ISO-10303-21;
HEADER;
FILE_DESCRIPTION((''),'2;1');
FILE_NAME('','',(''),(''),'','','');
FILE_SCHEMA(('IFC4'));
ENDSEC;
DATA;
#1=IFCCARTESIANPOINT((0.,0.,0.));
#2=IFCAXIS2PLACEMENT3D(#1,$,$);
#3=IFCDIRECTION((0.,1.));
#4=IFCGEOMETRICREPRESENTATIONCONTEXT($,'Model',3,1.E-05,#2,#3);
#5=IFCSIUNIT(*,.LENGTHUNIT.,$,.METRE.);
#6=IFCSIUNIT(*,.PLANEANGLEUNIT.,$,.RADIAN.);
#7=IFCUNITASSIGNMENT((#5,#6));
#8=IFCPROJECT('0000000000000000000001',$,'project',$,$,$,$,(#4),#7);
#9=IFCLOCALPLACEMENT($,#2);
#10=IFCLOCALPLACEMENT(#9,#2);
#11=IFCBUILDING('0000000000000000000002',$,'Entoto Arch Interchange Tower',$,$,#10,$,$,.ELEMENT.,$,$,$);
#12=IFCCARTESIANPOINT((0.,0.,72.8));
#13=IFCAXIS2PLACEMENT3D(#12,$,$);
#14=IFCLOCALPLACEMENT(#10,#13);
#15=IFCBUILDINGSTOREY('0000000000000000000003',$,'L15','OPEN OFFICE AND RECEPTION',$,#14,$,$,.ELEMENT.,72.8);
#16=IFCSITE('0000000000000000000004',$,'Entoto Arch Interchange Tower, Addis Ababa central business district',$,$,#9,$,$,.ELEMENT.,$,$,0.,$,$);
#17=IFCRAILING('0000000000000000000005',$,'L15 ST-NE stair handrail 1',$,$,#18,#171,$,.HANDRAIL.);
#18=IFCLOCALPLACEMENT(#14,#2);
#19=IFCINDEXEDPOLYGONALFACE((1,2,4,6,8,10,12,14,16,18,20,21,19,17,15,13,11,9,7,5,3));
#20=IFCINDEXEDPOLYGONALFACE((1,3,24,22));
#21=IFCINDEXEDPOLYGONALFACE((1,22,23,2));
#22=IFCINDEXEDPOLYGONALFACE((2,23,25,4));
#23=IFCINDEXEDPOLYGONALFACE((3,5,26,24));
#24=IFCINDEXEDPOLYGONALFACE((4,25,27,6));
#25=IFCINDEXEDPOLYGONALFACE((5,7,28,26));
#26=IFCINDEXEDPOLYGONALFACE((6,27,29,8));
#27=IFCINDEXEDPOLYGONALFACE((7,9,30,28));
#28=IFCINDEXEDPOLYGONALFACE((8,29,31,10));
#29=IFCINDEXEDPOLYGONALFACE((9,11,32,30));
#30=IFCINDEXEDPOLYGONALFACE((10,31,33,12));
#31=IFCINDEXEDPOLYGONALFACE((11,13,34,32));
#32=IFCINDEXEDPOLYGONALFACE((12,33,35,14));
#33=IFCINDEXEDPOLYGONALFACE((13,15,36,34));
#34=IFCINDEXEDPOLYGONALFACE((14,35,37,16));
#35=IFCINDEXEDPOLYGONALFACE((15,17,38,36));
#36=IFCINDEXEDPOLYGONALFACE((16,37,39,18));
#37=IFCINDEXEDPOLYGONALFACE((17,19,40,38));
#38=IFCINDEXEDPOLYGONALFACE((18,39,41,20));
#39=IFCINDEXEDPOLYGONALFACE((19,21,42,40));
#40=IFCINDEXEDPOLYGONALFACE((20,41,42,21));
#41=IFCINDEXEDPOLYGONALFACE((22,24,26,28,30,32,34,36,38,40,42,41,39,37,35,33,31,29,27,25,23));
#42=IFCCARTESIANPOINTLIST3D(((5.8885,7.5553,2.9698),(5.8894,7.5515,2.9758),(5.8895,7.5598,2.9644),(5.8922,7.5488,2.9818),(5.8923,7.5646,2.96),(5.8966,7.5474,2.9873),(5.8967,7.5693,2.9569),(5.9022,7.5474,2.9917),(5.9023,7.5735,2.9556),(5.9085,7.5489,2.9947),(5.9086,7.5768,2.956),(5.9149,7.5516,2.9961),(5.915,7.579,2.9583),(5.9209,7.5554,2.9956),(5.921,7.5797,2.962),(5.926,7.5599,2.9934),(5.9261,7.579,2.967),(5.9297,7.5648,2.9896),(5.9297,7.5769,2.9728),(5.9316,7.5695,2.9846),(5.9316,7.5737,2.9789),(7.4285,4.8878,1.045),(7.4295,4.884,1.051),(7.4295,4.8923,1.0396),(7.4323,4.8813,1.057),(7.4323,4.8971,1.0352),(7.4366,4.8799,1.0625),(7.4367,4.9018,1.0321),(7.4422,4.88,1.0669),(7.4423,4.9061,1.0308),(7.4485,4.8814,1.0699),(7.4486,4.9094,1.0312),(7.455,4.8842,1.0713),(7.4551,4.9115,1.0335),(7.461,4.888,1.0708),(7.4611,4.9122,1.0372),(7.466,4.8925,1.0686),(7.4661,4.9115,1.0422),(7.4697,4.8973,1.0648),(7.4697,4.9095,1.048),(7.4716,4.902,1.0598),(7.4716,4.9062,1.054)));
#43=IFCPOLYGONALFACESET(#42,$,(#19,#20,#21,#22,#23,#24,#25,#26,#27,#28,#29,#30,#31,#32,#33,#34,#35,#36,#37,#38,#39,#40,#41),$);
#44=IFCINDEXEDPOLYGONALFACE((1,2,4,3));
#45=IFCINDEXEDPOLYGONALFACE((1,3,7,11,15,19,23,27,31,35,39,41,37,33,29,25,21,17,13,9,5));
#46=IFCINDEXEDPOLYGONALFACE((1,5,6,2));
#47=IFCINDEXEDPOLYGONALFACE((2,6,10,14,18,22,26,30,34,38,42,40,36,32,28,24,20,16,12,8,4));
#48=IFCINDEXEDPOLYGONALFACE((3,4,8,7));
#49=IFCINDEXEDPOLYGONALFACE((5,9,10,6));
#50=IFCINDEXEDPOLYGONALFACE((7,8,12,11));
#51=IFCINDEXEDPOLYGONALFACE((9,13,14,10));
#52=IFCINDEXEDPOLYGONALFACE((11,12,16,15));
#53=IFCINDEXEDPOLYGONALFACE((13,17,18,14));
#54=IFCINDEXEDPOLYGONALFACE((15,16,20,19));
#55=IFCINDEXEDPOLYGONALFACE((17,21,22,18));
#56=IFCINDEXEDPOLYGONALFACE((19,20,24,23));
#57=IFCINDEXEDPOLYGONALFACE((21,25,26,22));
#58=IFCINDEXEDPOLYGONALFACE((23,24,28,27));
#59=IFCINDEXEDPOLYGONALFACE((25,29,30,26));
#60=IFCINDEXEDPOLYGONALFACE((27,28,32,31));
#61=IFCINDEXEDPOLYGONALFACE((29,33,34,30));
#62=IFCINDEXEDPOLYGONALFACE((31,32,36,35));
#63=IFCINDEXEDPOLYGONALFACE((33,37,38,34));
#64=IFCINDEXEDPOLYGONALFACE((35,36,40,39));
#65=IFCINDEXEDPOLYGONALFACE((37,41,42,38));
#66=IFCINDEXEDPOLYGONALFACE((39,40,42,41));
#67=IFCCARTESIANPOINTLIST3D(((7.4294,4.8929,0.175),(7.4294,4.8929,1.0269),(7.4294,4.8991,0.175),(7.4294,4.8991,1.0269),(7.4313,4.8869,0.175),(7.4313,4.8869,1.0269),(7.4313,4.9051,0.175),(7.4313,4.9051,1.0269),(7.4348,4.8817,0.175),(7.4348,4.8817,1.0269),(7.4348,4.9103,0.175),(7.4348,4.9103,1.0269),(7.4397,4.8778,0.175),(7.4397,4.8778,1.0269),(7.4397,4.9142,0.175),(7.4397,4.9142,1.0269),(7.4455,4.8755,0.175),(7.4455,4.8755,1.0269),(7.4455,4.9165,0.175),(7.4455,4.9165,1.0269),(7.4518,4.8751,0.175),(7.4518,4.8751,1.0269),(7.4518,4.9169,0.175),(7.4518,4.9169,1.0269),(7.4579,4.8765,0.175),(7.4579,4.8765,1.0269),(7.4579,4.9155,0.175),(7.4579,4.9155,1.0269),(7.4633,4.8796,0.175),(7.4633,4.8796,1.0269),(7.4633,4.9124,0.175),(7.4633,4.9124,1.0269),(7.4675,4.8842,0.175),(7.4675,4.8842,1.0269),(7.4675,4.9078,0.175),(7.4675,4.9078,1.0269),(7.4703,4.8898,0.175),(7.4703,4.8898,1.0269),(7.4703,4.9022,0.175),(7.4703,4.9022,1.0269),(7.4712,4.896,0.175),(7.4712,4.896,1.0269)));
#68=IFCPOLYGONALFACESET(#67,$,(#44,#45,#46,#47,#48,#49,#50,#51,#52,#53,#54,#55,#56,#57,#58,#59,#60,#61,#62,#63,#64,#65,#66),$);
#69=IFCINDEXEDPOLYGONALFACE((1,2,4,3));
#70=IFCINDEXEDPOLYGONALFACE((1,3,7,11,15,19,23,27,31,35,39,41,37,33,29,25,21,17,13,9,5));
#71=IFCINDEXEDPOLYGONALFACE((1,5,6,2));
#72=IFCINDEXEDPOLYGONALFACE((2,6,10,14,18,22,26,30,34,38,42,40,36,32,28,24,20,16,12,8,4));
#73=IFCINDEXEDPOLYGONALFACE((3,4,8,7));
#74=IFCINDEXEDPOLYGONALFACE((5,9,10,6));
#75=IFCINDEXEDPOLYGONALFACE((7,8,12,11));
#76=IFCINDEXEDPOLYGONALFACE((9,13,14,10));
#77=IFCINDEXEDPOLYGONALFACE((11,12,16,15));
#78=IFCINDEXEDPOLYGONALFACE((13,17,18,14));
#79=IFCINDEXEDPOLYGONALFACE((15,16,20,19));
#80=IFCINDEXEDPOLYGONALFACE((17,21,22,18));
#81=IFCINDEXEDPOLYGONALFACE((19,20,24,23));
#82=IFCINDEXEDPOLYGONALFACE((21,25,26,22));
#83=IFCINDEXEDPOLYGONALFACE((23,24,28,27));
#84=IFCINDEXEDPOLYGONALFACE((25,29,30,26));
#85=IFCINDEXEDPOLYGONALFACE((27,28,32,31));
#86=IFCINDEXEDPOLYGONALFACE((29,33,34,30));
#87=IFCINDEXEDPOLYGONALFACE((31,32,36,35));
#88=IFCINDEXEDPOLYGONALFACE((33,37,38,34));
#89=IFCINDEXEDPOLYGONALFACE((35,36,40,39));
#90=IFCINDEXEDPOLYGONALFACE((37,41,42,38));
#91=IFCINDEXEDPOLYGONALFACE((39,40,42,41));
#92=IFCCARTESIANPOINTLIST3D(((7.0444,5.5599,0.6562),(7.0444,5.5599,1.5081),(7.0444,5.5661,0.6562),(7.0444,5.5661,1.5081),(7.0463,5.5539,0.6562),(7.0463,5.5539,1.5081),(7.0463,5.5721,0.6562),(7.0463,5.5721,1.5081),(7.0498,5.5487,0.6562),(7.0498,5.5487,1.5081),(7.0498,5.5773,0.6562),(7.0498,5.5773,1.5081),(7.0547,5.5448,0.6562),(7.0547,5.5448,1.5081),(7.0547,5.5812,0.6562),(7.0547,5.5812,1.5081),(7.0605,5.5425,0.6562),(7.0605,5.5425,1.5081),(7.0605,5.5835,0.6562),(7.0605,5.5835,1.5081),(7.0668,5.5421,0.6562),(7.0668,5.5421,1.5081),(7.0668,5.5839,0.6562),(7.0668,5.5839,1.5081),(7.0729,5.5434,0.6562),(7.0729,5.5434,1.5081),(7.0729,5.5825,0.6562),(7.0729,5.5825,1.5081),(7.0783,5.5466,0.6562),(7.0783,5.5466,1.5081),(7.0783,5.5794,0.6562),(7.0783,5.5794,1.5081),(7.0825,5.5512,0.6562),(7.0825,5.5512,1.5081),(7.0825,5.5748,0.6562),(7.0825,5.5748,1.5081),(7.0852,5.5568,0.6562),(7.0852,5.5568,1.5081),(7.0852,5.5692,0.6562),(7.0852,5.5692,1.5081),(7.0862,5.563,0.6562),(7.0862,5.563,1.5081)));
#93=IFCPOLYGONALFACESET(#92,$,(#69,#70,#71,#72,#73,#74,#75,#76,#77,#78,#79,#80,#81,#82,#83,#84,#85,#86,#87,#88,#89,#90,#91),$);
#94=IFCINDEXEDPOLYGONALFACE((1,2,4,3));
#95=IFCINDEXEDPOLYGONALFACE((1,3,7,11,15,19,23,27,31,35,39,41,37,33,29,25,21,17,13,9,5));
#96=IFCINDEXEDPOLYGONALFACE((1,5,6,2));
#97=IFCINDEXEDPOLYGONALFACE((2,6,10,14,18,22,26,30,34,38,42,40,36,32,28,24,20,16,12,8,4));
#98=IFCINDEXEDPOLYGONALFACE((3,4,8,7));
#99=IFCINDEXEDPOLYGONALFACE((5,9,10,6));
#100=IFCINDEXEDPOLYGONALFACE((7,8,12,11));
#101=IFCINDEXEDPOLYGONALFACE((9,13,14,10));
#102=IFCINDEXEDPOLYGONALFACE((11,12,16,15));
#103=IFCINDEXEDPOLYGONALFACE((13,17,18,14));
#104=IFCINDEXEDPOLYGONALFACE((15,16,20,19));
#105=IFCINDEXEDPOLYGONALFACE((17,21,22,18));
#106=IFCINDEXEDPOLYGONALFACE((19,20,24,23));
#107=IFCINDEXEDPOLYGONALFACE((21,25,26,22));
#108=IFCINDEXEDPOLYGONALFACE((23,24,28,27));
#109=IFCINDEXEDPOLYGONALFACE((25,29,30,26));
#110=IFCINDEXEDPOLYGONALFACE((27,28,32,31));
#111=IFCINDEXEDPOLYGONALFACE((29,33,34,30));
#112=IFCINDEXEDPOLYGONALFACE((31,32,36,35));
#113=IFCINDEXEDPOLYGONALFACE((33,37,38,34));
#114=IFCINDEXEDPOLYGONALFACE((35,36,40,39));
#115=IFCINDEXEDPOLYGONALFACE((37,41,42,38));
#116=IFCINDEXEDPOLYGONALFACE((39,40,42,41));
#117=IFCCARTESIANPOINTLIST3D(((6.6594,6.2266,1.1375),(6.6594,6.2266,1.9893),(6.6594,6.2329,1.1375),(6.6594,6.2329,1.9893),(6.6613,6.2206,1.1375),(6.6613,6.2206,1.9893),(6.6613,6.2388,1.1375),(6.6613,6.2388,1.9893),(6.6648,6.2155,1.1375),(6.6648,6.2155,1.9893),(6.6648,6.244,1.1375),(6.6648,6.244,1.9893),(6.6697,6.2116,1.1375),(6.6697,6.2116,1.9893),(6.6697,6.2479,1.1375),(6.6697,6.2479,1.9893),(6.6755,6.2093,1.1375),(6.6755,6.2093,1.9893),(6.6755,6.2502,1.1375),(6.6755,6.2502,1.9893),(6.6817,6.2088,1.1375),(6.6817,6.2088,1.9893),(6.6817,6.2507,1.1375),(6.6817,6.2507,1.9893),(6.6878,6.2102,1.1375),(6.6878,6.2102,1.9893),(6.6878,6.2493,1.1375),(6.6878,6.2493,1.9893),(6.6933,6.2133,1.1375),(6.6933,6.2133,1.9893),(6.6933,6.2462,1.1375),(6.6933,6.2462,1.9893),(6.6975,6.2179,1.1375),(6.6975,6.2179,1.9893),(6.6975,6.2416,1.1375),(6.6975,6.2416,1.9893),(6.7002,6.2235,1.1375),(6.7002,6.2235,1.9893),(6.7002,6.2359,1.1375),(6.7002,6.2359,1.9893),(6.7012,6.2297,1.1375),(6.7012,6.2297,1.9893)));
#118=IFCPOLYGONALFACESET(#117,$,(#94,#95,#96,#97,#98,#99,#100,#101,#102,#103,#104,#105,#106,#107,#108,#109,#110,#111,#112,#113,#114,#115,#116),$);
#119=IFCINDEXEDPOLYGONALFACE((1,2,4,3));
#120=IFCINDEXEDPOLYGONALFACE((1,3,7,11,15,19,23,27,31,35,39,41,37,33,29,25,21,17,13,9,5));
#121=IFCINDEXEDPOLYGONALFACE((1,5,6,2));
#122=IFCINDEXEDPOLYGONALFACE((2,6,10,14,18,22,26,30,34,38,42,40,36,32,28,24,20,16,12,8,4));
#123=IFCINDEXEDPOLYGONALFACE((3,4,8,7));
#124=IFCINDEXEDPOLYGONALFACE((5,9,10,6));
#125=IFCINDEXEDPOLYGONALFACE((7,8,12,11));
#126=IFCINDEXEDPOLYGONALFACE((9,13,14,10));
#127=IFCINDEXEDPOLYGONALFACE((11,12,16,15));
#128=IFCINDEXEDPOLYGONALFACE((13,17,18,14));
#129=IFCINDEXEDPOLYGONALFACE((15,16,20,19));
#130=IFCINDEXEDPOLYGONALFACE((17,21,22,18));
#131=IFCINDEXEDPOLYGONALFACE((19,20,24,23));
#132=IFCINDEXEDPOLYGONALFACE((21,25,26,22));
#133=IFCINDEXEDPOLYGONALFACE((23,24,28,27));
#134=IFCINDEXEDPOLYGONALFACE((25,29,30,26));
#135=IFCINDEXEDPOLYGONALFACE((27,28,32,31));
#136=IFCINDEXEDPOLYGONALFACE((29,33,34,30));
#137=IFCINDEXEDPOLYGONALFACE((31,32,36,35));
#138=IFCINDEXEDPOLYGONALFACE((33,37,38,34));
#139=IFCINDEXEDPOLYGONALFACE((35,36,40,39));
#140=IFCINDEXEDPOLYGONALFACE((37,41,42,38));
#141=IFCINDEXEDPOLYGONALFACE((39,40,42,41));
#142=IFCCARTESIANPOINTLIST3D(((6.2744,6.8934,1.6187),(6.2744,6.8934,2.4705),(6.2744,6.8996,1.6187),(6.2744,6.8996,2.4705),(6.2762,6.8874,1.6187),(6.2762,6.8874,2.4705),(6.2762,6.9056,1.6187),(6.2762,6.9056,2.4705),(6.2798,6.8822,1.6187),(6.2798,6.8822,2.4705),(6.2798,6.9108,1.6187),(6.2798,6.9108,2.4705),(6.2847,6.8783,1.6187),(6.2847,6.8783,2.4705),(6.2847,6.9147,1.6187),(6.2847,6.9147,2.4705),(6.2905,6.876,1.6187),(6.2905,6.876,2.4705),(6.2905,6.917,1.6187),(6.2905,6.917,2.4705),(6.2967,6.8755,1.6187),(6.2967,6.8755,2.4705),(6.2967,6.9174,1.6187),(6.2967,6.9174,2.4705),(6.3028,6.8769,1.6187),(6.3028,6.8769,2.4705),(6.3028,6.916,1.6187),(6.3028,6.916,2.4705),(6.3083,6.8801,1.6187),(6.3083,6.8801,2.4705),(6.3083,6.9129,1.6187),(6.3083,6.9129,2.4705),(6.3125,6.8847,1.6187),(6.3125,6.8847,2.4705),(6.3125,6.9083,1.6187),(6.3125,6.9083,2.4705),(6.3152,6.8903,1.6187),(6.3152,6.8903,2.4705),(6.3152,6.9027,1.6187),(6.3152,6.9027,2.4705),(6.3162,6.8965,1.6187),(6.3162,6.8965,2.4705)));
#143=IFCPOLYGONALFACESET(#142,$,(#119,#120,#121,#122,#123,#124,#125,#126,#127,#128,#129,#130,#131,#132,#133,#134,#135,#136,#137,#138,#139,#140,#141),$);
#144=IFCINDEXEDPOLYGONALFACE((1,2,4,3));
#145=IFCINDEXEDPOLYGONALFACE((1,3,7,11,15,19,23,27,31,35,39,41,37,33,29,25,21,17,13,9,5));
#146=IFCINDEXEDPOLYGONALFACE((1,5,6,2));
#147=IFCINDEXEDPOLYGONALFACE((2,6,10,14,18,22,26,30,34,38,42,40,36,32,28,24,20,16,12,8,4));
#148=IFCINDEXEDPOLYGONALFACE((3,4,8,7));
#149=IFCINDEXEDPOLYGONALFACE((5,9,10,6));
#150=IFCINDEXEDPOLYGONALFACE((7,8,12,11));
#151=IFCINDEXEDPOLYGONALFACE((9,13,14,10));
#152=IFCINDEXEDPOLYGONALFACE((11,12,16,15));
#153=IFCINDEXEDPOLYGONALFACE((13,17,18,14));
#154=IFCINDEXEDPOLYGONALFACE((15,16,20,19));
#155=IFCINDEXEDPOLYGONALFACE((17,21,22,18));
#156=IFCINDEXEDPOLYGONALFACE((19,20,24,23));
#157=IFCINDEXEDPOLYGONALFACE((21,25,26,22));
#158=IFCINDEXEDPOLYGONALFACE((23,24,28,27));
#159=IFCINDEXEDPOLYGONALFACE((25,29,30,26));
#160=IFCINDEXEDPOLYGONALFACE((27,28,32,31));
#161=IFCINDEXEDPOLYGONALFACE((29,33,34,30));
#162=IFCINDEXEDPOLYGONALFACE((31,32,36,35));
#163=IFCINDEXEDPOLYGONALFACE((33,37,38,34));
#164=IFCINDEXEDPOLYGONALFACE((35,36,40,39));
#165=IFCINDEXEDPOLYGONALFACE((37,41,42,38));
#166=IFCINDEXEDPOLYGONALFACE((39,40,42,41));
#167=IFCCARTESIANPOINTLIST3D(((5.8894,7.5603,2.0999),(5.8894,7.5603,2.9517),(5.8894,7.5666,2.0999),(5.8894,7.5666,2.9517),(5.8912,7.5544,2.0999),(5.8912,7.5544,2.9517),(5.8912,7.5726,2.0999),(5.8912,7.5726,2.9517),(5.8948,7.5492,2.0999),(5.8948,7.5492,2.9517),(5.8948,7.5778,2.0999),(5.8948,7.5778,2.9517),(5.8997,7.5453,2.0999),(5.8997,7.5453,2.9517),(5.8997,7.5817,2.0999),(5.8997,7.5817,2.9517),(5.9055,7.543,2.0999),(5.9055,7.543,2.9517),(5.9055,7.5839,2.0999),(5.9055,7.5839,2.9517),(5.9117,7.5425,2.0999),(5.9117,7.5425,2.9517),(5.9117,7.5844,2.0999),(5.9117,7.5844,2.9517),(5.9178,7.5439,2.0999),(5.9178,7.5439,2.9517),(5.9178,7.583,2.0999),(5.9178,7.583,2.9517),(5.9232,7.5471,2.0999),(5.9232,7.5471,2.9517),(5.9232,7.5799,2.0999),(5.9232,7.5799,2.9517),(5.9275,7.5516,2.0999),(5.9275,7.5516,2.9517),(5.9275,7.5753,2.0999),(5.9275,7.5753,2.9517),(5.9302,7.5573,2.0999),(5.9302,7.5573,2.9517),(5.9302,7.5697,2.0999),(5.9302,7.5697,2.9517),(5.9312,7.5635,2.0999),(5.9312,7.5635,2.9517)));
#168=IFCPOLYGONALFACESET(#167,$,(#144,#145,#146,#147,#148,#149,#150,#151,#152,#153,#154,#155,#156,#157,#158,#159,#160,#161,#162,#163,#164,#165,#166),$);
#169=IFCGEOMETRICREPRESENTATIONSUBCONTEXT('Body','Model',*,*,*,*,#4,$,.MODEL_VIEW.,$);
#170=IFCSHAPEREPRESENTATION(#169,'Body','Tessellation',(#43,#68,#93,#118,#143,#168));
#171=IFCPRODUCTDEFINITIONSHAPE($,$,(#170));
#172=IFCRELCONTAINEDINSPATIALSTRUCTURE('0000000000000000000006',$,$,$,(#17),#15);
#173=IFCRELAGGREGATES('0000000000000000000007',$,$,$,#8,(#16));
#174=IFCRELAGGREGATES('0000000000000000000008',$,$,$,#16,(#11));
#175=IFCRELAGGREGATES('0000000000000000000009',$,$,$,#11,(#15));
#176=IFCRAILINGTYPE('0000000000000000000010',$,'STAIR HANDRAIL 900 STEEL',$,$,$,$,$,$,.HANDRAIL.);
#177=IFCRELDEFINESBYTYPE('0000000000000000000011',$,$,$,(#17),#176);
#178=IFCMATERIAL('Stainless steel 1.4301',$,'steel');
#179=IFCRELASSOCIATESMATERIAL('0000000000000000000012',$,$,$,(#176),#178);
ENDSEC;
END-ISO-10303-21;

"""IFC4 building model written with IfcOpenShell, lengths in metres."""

from ifc_helpers import new_model, si_unit, direction, frame, origin, origin_2d, place, context, subcontext, project, spatial, circle, extrude, material, type_object, element, save


model = new_model("IFC4")

# Units and contexts
model_context = context("Model", 3, precision=1e-05, world=origin(), true_north=direction((0.0, 1.0)))
body_context = subcontext(model_context, "Body", "Model", "MODEL_VIEW")
ifc_project = project(units=[si_unit("LENGTHUNIT", "METRE"), si_unit("PLANEANGLEUNIT", "RADIAN")], contexts=[model_context])

# Site, building, storey
site_placement = place(None, origin())
site = spatial("IfcSite", under=ifc_project, at=site_placement, Name="Entoto Arch Interchange Tower, Addis Ababa central business district", CompositionType="ELEMENT", RefElevation=0.0)
building_placement = place(site_placement, origin())
building = spatial("IfcBuilding", under=site, at=building_placement, Name="Entoto Arch Interchange Tower", CompositionType="ELEMENT")
storey_placement = place(building_placement, frame((0.0, 0.0, 72.8)))
storey = spatial("IfcBuildingStorey", under=building, at=storey_placement, Name="L15", Description="OPEN OFFICE AND RECEPTION", CompositionType="ELEMENT", Elevation=72.8)

# Railing
ifc_material_1 = material(Name="Stainless steel 1.4301", Category="steel")
railing_type_1 = type_object("IfcRailingType", Name="STAIR HANDRAIL 900 STEEL", PredefinedType="HANDRAIL", material=ifc_material_1)
railing_1_placement = place(storey_placement, frame((7.4502, 4.896, 0.175)))
element("IfcRailing", 1, at=railing_1_placement, inside=storey, type_object=railing_type_1, Name="L15 ST-NE stair handrail 1", PredefinedType="HANDRAIL", context=body_context, shape_type="SweptSolid", body=[
    extrude(circle(Radius=0.0239, at=origin_2d()), frame((0.0, 0.0, 0.876), z_axis=(-0.42401, 0.734421, 0.529945), x_axis=(-0.86603, -0.499992, 0.0)), (0.0, 0.0, 1.0), 3.6321),
    extrude(circle(Radius=0.021, at=origin_2d()), origin(), (0.0, 0.0, 1.0), 0.8518),
    extrude(circle(Radius=0.021, at=origin_2d()), frame((-0.385, 0.667, 0.4812)), (0.0, 0.0, 1.0), 0.8518),
    extrude(circle(Radius=0.021, at=origin_2d()), frame((-0.77, 1.3337, 0.9624)), (0.0, 0.0, 1.0), 0.8518),
    extrude(circle(Radius=0.021, at=origin_2d()), frame((-1.155, 2.0005, 1.4436)), (0.0, 0.0, 1.0), 0.8518),
    extrude(circle(Radius=0.021, at=origin_2d()), frame((-1.54, 2.6675, 1.9248)), (0.0, 0.0, 1.0), 0.8518),
])

save(model, "model.ifc")
